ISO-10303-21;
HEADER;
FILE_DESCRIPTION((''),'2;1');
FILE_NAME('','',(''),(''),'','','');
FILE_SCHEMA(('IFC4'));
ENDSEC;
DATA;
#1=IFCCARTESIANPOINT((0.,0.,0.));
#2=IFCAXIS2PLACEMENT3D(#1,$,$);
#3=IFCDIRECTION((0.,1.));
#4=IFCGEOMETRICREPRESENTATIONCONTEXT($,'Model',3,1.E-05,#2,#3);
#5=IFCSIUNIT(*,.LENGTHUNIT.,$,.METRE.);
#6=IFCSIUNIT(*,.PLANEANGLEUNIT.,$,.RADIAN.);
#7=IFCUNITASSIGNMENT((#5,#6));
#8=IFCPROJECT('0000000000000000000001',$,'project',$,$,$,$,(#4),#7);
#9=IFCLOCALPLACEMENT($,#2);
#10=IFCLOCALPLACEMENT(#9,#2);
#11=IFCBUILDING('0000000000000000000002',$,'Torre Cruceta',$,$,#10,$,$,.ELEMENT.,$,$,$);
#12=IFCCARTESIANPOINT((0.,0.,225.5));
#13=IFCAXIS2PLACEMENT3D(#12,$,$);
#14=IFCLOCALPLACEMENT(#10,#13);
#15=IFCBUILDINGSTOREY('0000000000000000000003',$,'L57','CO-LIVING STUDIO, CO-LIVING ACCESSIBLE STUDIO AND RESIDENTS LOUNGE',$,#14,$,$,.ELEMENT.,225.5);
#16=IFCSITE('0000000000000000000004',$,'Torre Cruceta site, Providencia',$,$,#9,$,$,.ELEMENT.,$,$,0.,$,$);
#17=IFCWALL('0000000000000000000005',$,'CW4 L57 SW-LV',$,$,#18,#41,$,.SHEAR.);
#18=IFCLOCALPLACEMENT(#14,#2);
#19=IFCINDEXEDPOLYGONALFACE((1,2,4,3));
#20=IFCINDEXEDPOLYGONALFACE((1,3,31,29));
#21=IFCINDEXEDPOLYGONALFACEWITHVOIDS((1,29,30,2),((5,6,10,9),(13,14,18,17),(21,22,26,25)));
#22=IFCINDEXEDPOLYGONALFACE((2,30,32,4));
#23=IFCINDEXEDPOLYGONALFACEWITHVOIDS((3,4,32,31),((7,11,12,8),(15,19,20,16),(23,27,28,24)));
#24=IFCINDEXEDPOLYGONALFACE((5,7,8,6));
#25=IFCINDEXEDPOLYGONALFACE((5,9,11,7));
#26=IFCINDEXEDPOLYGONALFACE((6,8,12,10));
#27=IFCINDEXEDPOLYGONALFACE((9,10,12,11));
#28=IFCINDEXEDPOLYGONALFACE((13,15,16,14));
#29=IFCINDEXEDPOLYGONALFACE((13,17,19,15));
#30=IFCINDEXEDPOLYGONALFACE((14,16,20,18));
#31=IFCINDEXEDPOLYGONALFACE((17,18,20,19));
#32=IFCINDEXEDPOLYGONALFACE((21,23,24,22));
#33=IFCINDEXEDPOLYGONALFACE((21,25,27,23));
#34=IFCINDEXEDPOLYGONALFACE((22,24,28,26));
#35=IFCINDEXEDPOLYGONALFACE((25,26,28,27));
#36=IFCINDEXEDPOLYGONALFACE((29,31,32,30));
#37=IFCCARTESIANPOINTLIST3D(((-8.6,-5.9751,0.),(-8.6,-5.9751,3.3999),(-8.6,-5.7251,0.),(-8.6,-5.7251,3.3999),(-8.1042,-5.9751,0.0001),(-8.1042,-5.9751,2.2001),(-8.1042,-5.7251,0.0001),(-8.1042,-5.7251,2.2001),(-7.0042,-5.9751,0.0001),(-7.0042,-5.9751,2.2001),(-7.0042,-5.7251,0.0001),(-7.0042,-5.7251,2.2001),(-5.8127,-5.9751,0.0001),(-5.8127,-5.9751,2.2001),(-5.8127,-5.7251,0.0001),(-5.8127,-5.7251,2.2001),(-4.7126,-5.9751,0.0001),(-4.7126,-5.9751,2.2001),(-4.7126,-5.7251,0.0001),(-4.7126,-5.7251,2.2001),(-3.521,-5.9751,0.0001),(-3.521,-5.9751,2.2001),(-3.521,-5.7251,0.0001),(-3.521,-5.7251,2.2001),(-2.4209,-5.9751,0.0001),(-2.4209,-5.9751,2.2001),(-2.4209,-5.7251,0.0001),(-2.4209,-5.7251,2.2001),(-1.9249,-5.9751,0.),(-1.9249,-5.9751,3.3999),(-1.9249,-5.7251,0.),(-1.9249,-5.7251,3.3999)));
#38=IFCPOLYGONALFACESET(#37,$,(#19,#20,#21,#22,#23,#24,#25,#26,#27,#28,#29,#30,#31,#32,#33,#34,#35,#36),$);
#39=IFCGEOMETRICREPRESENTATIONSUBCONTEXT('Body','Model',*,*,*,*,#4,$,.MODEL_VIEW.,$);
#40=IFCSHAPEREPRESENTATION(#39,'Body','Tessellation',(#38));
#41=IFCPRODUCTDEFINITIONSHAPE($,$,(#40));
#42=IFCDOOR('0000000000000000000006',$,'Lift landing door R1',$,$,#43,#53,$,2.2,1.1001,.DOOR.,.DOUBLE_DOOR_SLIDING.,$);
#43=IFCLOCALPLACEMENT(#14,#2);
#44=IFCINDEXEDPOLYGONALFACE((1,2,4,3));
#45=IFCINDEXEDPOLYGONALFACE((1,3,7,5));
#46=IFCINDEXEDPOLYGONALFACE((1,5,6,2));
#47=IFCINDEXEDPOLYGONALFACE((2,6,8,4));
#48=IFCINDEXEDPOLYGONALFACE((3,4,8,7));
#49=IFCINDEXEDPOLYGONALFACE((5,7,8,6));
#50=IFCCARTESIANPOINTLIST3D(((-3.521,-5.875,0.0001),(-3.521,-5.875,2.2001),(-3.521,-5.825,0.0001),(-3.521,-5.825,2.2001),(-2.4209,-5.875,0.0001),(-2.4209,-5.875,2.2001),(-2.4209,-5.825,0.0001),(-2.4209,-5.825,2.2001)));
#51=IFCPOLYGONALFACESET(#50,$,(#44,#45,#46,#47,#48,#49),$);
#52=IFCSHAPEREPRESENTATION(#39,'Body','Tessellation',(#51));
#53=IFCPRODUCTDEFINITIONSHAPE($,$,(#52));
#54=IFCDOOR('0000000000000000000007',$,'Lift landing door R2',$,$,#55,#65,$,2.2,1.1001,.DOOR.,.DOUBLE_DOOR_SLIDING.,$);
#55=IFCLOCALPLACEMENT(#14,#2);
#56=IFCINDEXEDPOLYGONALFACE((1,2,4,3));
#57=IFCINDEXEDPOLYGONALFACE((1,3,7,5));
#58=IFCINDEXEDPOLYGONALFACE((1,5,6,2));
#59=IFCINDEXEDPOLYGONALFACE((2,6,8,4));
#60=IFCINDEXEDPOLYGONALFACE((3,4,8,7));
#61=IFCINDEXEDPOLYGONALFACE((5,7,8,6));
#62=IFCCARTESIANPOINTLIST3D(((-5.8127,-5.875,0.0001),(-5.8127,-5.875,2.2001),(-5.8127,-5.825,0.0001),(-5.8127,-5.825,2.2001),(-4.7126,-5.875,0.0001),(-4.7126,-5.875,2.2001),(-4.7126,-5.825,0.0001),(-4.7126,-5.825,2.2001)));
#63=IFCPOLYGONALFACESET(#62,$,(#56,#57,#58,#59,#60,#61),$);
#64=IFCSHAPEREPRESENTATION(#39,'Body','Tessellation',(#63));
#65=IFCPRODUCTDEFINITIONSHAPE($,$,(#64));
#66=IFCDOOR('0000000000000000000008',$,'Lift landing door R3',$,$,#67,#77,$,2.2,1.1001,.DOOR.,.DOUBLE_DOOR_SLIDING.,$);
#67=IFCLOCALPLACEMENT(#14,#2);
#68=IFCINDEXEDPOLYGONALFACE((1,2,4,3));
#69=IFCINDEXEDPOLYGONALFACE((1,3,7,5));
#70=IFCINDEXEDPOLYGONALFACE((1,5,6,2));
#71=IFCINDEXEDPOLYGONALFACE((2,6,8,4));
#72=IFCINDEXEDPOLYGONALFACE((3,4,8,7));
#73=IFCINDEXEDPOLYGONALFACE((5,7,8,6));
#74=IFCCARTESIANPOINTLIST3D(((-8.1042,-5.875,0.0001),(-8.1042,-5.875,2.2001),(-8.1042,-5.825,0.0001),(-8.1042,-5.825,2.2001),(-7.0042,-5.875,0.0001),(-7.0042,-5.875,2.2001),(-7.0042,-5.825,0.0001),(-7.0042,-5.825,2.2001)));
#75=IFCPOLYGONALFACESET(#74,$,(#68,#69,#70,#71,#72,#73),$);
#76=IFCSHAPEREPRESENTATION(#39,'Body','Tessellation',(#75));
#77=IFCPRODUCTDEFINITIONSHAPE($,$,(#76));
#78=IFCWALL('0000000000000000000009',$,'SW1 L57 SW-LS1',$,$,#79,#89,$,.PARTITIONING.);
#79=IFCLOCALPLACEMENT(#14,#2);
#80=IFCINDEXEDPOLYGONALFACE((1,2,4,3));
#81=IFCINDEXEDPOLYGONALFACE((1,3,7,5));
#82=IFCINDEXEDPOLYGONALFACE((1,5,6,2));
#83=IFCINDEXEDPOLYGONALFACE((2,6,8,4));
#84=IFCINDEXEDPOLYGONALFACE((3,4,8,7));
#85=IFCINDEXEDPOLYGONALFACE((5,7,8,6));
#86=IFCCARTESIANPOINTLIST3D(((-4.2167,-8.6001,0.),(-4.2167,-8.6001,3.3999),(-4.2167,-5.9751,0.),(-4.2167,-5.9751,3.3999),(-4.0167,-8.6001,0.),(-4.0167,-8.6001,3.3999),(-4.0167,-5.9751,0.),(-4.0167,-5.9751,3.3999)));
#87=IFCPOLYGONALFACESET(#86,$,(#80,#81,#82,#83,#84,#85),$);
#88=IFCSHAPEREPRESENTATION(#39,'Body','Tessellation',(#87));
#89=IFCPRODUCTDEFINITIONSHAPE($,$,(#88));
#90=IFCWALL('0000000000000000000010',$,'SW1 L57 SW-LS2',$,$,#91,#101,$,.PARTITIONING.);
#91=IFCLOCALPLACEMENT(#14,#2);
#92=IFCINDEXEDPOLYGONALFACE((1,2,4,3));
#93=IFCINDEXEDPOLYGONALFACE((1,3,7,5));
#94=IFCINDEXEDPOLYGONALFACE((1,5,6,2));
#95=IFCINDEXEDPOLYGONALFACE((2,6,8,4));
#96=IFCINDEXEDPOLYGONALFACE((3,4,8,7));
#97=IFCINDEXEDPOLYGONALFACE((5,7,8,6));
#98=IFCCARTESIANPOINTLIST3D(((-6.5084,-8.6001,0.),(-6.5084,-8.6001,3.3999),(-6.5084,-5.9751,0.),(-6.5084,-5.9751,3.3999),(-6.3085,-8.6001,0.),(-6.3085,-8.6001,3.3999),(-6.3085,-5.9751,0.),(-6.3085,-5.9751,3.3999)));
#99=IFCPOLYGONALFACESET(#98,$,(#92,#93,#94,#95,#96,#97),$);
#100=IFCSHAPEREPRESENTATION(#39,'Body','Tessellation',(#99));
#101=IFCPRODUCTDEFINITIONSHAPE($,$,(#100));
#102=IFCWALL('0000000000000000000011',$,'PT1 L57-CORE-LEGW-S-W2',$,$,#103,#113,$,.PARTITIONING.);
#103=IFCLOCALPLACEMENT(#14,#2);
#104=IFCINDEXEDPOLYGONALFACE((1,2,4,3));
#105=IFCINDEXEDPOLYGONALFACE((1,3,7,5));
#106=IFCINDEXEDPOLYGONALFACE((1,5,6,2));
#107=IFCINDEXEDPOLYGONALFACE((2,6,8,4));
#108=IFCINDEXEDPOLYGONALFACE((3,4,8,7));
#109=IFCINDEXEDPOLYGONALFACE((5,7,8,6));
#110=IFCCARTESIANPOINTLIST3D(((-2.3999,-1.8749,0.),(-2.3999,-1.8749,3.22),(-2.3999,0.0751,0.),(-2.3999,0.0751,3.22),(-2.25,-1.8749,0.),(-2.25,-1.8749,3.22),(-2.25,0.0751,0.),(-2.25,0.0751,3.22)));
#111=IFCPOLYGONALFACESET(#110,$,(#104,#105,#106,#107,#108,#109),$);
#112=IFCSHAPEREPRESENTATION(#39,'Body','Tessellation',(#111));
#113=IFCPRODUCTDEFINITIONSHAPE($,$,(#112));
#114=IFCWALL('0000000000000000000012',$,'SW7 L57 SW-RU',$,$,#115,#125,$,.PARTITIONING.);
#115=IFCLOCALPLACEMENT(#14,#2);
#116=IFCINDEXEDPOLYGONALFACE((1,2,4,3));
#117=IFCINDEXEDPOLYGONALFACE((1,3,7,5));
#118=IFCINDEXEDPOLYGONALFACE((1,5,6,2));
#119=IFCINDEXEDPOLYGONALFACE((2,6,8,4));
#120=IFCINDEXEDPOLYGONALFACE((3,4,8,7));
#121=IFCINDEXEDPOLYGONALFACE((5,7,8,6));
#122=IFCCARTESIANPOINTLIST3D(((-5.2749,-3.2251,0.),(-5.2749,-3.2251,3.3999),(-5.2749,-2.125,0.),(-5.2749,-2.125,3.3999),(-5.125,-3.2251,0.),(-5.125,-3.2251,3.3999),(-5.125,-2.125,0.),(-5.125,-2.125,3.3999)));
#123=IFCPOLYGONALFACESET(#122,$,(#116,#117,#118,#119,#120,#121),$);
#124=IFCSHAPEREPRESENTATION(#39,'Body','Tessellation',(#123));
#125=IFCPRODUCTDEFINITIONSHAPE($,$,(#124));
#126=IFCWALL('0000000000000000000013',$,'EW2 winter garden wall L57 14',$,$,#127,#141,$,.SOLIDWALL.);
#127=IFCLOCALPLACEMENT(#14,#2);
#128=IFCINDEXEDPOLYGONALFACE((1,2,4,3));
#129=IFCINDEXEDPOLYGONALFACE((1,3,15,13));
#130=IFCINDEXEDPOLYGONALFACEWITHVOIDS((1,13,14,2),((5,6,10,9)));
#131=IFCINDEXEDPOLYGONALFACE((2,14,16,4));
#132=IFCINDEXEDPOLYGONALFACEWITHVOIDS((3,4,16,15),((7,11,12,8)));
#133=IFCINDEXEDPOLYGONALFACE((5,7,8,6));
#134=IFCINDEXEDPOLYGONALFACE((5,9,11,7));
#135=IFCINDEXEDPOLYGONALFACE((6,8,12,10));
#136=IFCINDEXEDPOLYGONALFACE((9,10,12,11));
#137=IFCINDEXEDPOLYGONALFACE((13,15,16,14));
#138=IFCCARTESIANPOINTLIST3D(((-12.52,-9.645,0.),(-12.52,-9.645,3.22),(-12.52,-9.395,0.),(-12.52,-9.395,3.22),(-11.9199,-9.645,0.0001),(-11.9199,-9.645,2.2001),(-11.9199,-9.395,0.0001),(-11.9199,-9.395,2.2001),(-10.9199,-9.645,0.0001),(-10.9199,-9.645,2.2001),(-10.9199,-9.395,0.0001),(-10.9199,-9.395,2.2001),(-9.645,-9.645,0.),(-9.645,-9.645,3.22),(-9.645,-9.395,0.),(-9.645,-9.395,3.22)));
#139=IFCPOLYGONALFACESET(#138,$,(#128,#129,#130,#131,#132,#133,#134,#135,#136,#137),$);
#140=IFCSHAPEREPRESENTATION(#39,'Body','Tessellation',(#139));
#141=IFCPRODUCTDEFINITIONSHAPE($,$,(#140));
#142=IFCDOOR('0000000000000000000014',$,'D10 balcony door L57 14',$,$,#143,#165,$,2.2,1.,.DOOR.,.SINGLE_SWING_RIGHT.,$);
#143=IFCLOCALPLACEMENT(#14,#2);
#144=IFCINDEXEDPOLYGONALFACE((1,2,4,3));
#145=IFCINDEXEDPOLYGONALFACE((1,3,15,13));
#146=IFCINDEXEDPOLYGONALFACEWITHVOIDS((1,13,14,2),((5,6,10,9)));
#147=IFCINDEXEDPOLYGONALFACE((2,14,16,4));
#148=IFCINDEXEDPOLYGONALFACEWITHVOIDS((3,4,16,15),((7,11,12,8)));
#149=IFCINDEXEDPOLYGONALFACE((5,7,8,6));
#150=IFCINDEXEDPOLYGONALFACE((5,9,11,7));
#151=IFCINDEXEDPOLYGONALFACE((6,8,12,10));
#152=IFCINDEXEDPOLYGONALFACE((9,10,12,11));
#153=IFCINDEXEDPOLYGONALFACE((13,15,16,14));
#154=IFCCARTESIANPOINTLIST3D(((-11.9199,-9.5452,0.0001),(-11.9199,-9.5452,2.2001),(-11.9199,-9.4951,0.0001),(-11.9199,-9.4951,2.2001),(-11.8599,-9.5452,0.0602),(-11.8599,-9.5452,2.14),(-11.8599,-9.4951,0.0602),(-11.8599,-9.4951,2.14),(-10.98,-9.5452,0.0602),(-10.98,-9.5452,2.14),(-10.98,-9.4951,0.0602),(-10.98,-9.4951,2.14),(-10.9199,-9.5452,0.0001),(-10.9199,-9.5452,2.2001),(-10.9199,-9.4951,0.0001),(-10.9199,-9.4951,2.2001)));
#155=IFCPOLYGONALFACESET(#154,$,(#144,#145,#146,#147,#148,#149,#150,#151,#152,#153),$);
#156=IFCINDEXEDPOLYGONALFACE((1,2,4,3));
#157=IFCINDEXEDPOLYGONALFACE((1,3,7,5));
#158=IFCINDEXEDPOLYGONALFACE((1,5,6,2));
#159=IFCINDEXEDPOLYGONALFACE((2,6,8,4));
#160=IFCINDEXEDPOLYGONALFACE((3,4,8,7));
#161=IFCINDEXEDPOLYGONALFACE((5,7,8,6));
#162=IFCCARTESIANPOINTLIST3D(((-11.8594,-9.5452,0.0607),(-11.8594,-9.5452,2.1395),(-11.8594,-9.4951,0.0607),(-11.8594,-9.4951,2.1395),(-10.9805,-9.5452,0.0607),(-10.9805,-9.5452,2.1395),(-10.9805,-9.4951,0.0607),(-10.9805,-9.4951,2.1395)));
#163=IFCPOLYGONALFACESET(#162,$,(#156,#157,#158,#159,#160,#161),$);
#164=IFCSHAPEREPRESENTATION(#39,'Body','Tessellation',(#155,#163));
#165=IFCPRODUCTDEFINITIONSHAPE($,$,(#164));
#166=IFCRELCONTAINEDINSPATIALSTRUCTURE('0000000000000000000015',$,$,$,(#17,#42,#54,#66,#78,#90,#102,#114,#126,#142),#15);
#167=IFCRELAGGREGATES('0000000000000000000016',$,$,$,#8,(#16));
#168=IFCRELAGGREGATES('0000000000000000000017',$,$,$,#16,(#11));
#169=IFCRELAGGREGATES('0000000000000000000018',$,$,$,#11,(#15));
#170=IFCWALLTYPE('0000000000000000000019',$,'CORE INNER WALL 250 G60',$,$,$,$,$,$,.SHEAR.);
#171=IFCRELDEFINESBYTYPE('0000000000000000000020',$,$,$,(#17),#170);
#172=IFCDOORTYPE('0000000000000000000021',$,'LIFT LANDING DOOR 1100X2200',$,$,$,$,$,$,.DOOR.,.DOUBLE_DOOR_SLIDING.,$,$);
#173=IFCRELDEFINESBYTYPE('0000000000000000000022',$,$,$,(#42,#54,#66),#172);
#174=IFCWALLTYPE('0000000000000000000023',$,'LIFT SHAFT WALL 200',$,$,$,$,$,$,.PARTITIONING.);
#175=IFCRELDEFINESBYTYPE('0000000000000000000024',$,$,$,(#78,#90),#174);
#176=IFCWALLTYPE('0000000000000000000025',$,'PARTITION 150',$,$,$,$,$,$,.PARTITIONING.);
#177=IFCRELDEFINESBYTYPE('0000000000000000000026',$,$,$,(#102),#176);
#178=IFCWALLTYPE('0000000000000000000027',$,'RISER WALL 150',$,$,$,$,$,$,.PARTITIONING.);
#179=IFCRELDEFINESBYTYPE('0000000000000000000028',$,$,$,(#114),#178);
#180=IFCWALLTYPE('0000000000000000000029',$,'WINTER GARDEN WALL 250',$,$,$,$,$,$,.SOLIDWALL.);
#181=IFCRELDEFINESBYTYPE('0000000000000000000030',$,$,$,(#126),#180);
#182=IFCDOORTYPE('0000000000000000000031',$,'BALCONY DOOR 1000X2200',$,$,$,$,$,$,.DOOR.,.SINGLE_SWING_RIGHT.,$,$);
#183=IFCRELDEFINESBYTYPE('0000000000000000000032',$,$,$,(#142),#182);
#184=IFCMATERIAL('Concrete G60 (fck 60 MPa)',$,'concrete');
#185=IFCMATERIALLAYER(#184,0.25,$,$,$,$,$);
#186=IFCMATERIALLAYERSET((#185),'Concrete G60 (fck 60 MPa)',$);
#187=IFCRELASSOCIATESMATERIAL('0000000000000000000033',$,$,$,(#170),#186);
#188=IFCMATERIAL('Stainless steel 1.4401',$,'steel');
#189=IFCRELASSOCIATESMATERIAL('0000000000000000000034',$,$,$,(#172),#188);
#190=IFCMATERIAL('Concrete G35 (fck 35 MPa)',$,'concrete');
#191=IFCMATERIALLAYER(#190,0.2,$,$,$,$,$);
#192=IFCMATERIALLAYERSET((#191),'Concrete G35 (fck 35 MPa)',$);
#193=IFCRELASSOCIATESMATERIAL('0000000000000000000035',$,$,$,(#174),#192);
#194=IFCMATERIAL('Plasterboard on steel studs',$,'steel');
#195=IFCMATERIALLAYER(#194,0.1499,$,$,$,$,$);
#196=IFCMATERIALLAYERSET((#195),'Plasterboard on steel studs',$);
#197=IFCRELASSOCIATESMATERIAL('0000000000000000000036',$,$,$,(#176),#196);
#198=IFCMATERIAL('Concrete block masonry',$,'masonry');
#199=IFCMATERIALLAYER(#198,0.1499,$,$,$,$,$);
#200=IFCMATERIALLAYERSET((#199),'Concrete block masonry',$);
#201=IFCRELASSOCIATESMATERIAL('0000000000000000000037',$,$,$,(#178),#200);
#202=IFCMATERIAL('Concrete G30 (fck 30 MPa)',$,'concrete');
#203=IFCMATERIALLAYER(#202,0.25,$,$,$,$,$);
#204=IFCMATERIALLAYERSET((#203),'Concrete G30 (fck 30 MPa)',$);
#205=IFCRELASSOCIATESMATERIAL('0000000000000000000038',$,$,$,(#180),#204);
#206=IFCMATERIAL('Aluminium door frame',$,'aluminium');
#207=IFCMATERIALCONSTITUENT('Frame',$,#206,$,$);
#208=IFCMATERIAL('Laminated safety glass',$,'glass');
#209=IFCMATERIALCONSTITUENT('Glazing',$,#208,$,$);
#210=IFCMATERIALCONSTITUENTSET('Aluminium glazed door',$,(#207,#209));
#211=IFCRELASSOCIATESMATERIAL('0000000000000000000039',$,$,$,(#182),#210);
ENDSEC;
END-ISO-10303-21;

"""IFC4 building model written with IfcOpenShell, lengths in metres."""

from ifc_helpers import new_model, si_unit, direction, frame, frame_2d, origin, place, context, subcontext, project, spatial, rectangle, hollow_rectangle, extrude, material, layer, layer_set, constituent, constituent_set, type_object, element, fill, save


model = new_model("IFC4")

# Units and contexts
model_context = context("Model", 3, precision=1e-05, world=origin(), true_north=direction((0.0, 1.0)))
body_context = subcontext(model_context, "Body", "Model", "MODEL_VIEW")
ifc_project = project(units=[si_unit("LENGTHUNIT", "METRE"), si_unit("PLANEANGLEUNIT", "RADIAN")], contexts=[model_context])

# Site, building, storey
site_placement = place(None, origin())
site = spatial("IfcSite", under=ifc_project, at=site_placement, Name="Torre Cruceta site, Providencia", CompositionType="ELEMENT", RefElevation=0.0)
building_placement = place(site_placement, origin())
building = spatial("IfcBuilding", under=site, at=building_placement, Name="Torre Cruceta", CompositionType="ELEMENT")
storey_placement = place(building_placement, frame((0.0, 0.0, 225.5)))
storey = spatial("IfcBuildingStorey", under=building, at=storey_placement, Name="L57", Description="CO-LIVING STUDIO, CO-LIVING ACCESSIBLE STUDIO AND RESIDENTS LOUNGE", CompositionType="ELEMENT", Elevation=225.5)

# Shared definitions
ifc_material_1 = material(Name="Concrete G60 (fck 60 MPa)", Category="concrete")
ifc_layer_1 = layer(ifc_material_1, 0.25)
ifc_layer_set_1 = layer_set([ifc_layer_1], Name="Concrete G60 (fck 60 MPa)")
wall_type_1 = type_object("IfcWallType", Name="CORE INNER WALL 250 G60", PredefinedType="SHEAR", material=ifc_layer_set_1)

# Wall, openings, doors
wall_1_placement = place(storey_placement, frame((-1.925, -5.8501, 0.0), z_axis=(0.0, 0.0, 1.0), x_axis=(-1.0, 0.0, 0.0)))
wall_1 = element("IfcWall", 1, at=wall_1_placement, inside=storey, type_object=wall_type_1, Name="CW4 L57 SW-LV", PredefinedType="SHEAR", context=body_context, shape_type="SweptSolid", body=[
    extrude(rectangle(XDim=6.675, YDim=0.25, at=frame_2d((3.3374, 0.0))), origin(), (0.0, 0.0, 1.0), 3.3999),
])
opening_1_placement = place(wall_1_placement, frame((0.4958, 0.0, 0.0)))
opening_1 = element("IfcOpeningElement", 2, at=opening_1_placement, cuts=wall_1, PredefinedType="OPENING", context=body_context, shape_type="SweptSolid", body=[
    extrude(rectangle(XDim=1.1001, YDim=2.2, at=frame_2d((0.55, 1.1001))), frame((0.0, 0.135, 0.0), z_axis=(0.0, -1.0, 0.0), x_axis=(1.0, 0.0, 0.0)), (0.0, 0.0, 1.0), 0.27),
])
opening_2_placement = place(wall_1_placement, frame((2.7876, 0.0, 0.0)))
opening_2 = element("IfcOpeningElement", 3, at=opening_2_placement, cuts=wall_1, PredefinedType="OPENING", context=body_context, shape_type="SweptSolid", body=[
    extrude(rectangle(XDim=1.1001, YDim=2.2, at=frame_2d((0.55, 1.1001))), frame((0.0, 0.135, 0.0), z_axis=(0.0, -1.0, 0.0), x_axis=(1.0, 0.0, 0.0)), (0.0, 0.0, 1.0), 0.27),
])
opening_3_placement = place(wall_1_placement, frame((5.0791, 0.0, 0.0)))
opening_3 = element("IfcOpeningElement", 4, at=opening_3_placement, cuts=wall_1, PredefinedType="OPENING", context=body_context, shape_type="SweptSolid", body=[
    extrude(rectangle(XDim=1.1001, YDim=2.2, at=frame_2d((0.55, 1.1001))), frame((0.0, 0.135, 0.0), z_axis=(0.0, -1.0, 0.0), x_axis=(1.0, 0.0, 0.0)), (0.0, 0.0, 1.0), 0.27),
])
ifc_material_2 = material(Name="Stainless steel 1.4401", Category="steel")
door_type_1 = type_object("IfcDoorType", Name="LIFT LANDING DOOR 1100X2200", OperationType="DOUBLE_DOOR_SLIDING", PredefinedType="DOOR", material=ifc_material_2)
door_1_placement = place(opening_1_placement, origin())
door_1 = element("IfcDoor", 5, at=door_1_placement, inside=storey, type_object=door_type_1, Name="Lift landing door R1", OperationType="DOUBLE_DOOR_SLIDING", OverallHeight=2.2, OverallWidth=1.1001, PredefinedType="DOOR", context=body_context, shape_type="SweptSolid", body=[
    extrude(rectangle(XDim=1.1001, YDim=2.2, at=frame_2d((0.55, 1.1001))), frame((0.0, 0.0249, 0.0), z_axis=(0.0, -1.0, 0.0), x_axis=(1.0, 0.0, 0.0)), (0.0, 0.0, 1.0), 0.05),
])
fill(opening_1, door_1)
door_2_placement = place(opening_2_placement, origin())
door_2 = element("IfcDoor", 6, at=door_2_placement, inside=storey, type_object=door_type_1, Name="Lift landing door R2", OperationType="DOUBLE_DOOR_SLIDING", OverallHeight=2.2, OverallWidth=1.1001, PredefinedType="DOOR", context=body_context, shape_type="SweptSolid", body=[
    extrude(rectangle(XDim=1.1001, YDim=2.2, at=frame_2d((0.55, 1.1001))), frame((0.0, 0.0249, 0.0), z_axis=(0.0, -1.0, 0.0), x_axis=(1.0, 0.0, 0.0)), (0.0, 0.0, 1.0), 0.05),
])
fill(opening_2, door_2)
door_3_placement = place(opening_3_placement, origin())
door_3 = element("IfcDoor", 7, at=door_3_placement, inside=storey, type_object=door_type_1, Name="Lift landing door R3", OperationType="DOUBLE_DOOR_SLIDING", OverallHeight=2.2, OverallWidth=1.1001, PredefinedType="DOOR", context=body_context, shape_type="SweptSolid", body=[
    extrude(rectangle(XDim=1.1001, YDim=2.2, at=frame_2d((0.55, 1.1001))), frame((0.0, 0.0249, 0.0), z_axis=(0.0, -1.0, 0.0), x_axis=(1.0, 0.0, 0.0)), (0.0, 0.0, 1.0), 0.05),
])
fill(opening_3, door_3)

# Walls
ifc_material_3 = material(Name="Concrete G35 (fck 35 MPa)", Category="concrete")
ifc_layer_2 = layer(ifc_material_3, 0.2)
ifc_layer_set_2 = layer_set([ifc_layer_2], Name="Concrete G35 (fck 35 MPa)")
wall_type_2 = type_object("IfcWallType", Name="LIFT SHAFT WALL 200", PredefinedType="PARTITIONING", material=ifc_layer_set_2)
for number, where, z_axis, x_axis, name in (
    (8, (-4.1167, -5.9751, 0.0), (0.0, 0.0, 1.0), (0.0, -1.0, 0.0), "SW1 L57 SW-LS1"),
    (9, (-6.4084, -5.9751, 0.0), (0.0, 0.0, 1.0), (0.0, -1.0, 0.0), "SW1 L57 SW-LS2"),
):
    element("IfcWall", number, at=place(storey_placement, frame(where, z_axis=z_axis, x_axis=x_axis)), inside=storey, type_object=wall_type_2, Name=name, PredefinedType="PARTITIONING", context=body_context, shape_type="SweptSolid", body=[
        extrude(rectangle(XDim=2.625, YDim=0.2, at=frame_2d((1.3125, 0.0))), origin(), (0.0, 0.0, 1.0), 3.3999),
    ])
ifc_material_4 = material(Name="Plasterboard on steel studs", Category="steel")
ifc_layer_3 = layer(ifc_material_4, 0.1499)
ifc_layer_set_3 = layer_set([ifc_layer_3], Name="Plasterboard on steel studs")
wall_type_3 = type_object("IfcWallType", Name="PARTITION 150", PredefinedType="PARTITIONING", material=ifc_layer_set_3)
wall_2_placement = place(storey_placement, frame((-2.325, -1.875, 0.0), z_axis=(0.0, 0.0, 1.0), x_axis=(0.0, 1.0, 0.0)))
element("IfcWall", 10, at=wall_2_placement, inside=storey, type_object=wall_type_3, Name="PT1 L57-CORE-LEGW-S-W2", PredefinedType="PARTITIONING", context=body_context, shape_type="SweptSolid", body=[
    extrude(rectangle(XDim=1.95, YDim=0.1499, at=frame_2d((0.9751, 0.0))), origin(), (0.0, 0.0, 1.0), 3.22),
])
ifc_material_5 = material(Name="Concrete block masonry", Category="masonry")
ifc_layer_4 = layer(ifc_material_5, 0.1499)
ifc_layer_set_4 = layer_set([ifc_layer_4], Name="Concrete block masonry")
wall_type_4 = type_object("IfcWallType", Name="RISER WALL 150", PredefinedType="PARTITIONING", material=ifc_layer_set_4)
wall_3_placement = place(storey_placement, frame((-5.2, -2.125, 0.0), z_axis=(0.0, 0.0, 1.0), x_axis=(0.0, -1.0, 0.0)))
element("IfcWall", 11, at=wall_3_placement, inside=storey, type_object=wall_type_4, Name="SW7 L57 SW-RU", PredefinedType="PARTITIONING", context=body_context, shape_type="SweptSolid", body=[
    extrude(rectangle(XDim=1.1001, YDim=0.1499, at=frame_2d((0.55, 0.0))), origin(), (0.0, 0.0, 1.0), 3.3999),
])

# Wall, opening, door
ifc_material_6 = material(Name="Concrete G30 (fck 30 MPa)", Category="concrete")
ifc_layer_5 = layer(ifc_material_6, 0.25)
ifc_layer_set_5 = layer_set([ifc_layer_5], Name="Concrete G30 (fck 30 MPa)")
wall_type_5 = type_object("IfcWallType", Name="WINTER GARDEN WALL 250", PredefinedType="SOLIDWALL", material=ifc_layer_set_5)
wall_4_placement = place(storey_placement, frame((-12.52, -9.52, 0.0), z_axis=(0.0, 0.0, 1.0), x_axis=(1.0, 0.0, 0.0)))
wall_4 = element("IfcWall", 12, at=wall_4_placement, inside=storey, type_object=wall_type_5, Name="EW2 winter garden wall L57 14", PredefinedType="SOLIDWALL", context=body_context, shape_type="SweptSolid", body=[
    extrude(rectangle(XDim=2.875, YDim=0.25, at=frame_2d((1.4375, 0.0))), origin(), (0.0, 0.0, 1.0), 3.22),
])
opening_4_placement = place(wall_4_placement, frame((0.6001, 0.0, 0.0)))
opening_4 = element("IfcOpeningElement", 13, at=opening_4_placement, cuts=wall_4, PredefinedType="OPENING", context=body_context, shape_type="SweptSolid", body=[
    extrude(rectangle(XDim=1.0, YDim=2.2, at=frame_2d((0.5, 1.1001))), frame((0.0, 0.135, 0.0), z_axis=(0.0, -1.0, 0.0), x_axis=(1.0, 0.0, 0.0)), (0.0, 0.0, 1.0), 0.27),
])
ifc_material_7 = material(Name="Aluminium door frame", Category="aluminium")
ifc_constituent_1 = constituent(ifc_material_7, Name="Frame")
ifc_material_8 = material(Name="Laminated safety glass", Category="glass")
ifc_constituent_2 = constituent(ifc_material_8, Name="Glazing")
ifc_constituent_set_1 = constituent_set(constituents=[ifc_constituent_1, ifc_constituent_2], Name="Aluminium glazed door")
door_type_2 = type_object("IfcDoorType", Name="BALCONY DOOR 1000X2200", OperationType="SINGLE_SWING_RIGHT", PredefinedType="DOOR", material=ifc_constituent_set_1)
door_4_placement = place(opening_4_placement, origin())
door_4 = element("IfcDoor", 14, at=door_4_placement, inside=storey, type_object=door_type_2, Name="D10 balcony door L57 14", OperationType="SINGLE_SWING_RIGHT", OverallHeight=2.2, OverallWidth=1.0, PredefinedType="DOOR", context=body_context, shape_type="SweptSolid", body=[
    extrude(hollow_rectangle(XDim=1.0, YDim=2.2, WallThickness=0.0601, at=frame_2d((0.5, 1.1001))), frame((0.0, 0.0249, 0.0), z_axis=(0.0, -1.0, 0.0), x_axis=(1.0, 0.0, 0.0)), (0.0, 0.0, 1.0), 0.05),
    extrude(rectangle(XDim=0.8789, YDim=2.0789, at=frame_2d((0.5, 1.1001))), frame((0.0, 0.0249, 0.0), z_axis=(0.0, -1.0, 0.0), x_axis=(1.0, 0.0, 0.0)), (0.0, 0.0, 1.0), 0.05),
])
fill(opening_4, door_4)

save(model, "model.ifc")
